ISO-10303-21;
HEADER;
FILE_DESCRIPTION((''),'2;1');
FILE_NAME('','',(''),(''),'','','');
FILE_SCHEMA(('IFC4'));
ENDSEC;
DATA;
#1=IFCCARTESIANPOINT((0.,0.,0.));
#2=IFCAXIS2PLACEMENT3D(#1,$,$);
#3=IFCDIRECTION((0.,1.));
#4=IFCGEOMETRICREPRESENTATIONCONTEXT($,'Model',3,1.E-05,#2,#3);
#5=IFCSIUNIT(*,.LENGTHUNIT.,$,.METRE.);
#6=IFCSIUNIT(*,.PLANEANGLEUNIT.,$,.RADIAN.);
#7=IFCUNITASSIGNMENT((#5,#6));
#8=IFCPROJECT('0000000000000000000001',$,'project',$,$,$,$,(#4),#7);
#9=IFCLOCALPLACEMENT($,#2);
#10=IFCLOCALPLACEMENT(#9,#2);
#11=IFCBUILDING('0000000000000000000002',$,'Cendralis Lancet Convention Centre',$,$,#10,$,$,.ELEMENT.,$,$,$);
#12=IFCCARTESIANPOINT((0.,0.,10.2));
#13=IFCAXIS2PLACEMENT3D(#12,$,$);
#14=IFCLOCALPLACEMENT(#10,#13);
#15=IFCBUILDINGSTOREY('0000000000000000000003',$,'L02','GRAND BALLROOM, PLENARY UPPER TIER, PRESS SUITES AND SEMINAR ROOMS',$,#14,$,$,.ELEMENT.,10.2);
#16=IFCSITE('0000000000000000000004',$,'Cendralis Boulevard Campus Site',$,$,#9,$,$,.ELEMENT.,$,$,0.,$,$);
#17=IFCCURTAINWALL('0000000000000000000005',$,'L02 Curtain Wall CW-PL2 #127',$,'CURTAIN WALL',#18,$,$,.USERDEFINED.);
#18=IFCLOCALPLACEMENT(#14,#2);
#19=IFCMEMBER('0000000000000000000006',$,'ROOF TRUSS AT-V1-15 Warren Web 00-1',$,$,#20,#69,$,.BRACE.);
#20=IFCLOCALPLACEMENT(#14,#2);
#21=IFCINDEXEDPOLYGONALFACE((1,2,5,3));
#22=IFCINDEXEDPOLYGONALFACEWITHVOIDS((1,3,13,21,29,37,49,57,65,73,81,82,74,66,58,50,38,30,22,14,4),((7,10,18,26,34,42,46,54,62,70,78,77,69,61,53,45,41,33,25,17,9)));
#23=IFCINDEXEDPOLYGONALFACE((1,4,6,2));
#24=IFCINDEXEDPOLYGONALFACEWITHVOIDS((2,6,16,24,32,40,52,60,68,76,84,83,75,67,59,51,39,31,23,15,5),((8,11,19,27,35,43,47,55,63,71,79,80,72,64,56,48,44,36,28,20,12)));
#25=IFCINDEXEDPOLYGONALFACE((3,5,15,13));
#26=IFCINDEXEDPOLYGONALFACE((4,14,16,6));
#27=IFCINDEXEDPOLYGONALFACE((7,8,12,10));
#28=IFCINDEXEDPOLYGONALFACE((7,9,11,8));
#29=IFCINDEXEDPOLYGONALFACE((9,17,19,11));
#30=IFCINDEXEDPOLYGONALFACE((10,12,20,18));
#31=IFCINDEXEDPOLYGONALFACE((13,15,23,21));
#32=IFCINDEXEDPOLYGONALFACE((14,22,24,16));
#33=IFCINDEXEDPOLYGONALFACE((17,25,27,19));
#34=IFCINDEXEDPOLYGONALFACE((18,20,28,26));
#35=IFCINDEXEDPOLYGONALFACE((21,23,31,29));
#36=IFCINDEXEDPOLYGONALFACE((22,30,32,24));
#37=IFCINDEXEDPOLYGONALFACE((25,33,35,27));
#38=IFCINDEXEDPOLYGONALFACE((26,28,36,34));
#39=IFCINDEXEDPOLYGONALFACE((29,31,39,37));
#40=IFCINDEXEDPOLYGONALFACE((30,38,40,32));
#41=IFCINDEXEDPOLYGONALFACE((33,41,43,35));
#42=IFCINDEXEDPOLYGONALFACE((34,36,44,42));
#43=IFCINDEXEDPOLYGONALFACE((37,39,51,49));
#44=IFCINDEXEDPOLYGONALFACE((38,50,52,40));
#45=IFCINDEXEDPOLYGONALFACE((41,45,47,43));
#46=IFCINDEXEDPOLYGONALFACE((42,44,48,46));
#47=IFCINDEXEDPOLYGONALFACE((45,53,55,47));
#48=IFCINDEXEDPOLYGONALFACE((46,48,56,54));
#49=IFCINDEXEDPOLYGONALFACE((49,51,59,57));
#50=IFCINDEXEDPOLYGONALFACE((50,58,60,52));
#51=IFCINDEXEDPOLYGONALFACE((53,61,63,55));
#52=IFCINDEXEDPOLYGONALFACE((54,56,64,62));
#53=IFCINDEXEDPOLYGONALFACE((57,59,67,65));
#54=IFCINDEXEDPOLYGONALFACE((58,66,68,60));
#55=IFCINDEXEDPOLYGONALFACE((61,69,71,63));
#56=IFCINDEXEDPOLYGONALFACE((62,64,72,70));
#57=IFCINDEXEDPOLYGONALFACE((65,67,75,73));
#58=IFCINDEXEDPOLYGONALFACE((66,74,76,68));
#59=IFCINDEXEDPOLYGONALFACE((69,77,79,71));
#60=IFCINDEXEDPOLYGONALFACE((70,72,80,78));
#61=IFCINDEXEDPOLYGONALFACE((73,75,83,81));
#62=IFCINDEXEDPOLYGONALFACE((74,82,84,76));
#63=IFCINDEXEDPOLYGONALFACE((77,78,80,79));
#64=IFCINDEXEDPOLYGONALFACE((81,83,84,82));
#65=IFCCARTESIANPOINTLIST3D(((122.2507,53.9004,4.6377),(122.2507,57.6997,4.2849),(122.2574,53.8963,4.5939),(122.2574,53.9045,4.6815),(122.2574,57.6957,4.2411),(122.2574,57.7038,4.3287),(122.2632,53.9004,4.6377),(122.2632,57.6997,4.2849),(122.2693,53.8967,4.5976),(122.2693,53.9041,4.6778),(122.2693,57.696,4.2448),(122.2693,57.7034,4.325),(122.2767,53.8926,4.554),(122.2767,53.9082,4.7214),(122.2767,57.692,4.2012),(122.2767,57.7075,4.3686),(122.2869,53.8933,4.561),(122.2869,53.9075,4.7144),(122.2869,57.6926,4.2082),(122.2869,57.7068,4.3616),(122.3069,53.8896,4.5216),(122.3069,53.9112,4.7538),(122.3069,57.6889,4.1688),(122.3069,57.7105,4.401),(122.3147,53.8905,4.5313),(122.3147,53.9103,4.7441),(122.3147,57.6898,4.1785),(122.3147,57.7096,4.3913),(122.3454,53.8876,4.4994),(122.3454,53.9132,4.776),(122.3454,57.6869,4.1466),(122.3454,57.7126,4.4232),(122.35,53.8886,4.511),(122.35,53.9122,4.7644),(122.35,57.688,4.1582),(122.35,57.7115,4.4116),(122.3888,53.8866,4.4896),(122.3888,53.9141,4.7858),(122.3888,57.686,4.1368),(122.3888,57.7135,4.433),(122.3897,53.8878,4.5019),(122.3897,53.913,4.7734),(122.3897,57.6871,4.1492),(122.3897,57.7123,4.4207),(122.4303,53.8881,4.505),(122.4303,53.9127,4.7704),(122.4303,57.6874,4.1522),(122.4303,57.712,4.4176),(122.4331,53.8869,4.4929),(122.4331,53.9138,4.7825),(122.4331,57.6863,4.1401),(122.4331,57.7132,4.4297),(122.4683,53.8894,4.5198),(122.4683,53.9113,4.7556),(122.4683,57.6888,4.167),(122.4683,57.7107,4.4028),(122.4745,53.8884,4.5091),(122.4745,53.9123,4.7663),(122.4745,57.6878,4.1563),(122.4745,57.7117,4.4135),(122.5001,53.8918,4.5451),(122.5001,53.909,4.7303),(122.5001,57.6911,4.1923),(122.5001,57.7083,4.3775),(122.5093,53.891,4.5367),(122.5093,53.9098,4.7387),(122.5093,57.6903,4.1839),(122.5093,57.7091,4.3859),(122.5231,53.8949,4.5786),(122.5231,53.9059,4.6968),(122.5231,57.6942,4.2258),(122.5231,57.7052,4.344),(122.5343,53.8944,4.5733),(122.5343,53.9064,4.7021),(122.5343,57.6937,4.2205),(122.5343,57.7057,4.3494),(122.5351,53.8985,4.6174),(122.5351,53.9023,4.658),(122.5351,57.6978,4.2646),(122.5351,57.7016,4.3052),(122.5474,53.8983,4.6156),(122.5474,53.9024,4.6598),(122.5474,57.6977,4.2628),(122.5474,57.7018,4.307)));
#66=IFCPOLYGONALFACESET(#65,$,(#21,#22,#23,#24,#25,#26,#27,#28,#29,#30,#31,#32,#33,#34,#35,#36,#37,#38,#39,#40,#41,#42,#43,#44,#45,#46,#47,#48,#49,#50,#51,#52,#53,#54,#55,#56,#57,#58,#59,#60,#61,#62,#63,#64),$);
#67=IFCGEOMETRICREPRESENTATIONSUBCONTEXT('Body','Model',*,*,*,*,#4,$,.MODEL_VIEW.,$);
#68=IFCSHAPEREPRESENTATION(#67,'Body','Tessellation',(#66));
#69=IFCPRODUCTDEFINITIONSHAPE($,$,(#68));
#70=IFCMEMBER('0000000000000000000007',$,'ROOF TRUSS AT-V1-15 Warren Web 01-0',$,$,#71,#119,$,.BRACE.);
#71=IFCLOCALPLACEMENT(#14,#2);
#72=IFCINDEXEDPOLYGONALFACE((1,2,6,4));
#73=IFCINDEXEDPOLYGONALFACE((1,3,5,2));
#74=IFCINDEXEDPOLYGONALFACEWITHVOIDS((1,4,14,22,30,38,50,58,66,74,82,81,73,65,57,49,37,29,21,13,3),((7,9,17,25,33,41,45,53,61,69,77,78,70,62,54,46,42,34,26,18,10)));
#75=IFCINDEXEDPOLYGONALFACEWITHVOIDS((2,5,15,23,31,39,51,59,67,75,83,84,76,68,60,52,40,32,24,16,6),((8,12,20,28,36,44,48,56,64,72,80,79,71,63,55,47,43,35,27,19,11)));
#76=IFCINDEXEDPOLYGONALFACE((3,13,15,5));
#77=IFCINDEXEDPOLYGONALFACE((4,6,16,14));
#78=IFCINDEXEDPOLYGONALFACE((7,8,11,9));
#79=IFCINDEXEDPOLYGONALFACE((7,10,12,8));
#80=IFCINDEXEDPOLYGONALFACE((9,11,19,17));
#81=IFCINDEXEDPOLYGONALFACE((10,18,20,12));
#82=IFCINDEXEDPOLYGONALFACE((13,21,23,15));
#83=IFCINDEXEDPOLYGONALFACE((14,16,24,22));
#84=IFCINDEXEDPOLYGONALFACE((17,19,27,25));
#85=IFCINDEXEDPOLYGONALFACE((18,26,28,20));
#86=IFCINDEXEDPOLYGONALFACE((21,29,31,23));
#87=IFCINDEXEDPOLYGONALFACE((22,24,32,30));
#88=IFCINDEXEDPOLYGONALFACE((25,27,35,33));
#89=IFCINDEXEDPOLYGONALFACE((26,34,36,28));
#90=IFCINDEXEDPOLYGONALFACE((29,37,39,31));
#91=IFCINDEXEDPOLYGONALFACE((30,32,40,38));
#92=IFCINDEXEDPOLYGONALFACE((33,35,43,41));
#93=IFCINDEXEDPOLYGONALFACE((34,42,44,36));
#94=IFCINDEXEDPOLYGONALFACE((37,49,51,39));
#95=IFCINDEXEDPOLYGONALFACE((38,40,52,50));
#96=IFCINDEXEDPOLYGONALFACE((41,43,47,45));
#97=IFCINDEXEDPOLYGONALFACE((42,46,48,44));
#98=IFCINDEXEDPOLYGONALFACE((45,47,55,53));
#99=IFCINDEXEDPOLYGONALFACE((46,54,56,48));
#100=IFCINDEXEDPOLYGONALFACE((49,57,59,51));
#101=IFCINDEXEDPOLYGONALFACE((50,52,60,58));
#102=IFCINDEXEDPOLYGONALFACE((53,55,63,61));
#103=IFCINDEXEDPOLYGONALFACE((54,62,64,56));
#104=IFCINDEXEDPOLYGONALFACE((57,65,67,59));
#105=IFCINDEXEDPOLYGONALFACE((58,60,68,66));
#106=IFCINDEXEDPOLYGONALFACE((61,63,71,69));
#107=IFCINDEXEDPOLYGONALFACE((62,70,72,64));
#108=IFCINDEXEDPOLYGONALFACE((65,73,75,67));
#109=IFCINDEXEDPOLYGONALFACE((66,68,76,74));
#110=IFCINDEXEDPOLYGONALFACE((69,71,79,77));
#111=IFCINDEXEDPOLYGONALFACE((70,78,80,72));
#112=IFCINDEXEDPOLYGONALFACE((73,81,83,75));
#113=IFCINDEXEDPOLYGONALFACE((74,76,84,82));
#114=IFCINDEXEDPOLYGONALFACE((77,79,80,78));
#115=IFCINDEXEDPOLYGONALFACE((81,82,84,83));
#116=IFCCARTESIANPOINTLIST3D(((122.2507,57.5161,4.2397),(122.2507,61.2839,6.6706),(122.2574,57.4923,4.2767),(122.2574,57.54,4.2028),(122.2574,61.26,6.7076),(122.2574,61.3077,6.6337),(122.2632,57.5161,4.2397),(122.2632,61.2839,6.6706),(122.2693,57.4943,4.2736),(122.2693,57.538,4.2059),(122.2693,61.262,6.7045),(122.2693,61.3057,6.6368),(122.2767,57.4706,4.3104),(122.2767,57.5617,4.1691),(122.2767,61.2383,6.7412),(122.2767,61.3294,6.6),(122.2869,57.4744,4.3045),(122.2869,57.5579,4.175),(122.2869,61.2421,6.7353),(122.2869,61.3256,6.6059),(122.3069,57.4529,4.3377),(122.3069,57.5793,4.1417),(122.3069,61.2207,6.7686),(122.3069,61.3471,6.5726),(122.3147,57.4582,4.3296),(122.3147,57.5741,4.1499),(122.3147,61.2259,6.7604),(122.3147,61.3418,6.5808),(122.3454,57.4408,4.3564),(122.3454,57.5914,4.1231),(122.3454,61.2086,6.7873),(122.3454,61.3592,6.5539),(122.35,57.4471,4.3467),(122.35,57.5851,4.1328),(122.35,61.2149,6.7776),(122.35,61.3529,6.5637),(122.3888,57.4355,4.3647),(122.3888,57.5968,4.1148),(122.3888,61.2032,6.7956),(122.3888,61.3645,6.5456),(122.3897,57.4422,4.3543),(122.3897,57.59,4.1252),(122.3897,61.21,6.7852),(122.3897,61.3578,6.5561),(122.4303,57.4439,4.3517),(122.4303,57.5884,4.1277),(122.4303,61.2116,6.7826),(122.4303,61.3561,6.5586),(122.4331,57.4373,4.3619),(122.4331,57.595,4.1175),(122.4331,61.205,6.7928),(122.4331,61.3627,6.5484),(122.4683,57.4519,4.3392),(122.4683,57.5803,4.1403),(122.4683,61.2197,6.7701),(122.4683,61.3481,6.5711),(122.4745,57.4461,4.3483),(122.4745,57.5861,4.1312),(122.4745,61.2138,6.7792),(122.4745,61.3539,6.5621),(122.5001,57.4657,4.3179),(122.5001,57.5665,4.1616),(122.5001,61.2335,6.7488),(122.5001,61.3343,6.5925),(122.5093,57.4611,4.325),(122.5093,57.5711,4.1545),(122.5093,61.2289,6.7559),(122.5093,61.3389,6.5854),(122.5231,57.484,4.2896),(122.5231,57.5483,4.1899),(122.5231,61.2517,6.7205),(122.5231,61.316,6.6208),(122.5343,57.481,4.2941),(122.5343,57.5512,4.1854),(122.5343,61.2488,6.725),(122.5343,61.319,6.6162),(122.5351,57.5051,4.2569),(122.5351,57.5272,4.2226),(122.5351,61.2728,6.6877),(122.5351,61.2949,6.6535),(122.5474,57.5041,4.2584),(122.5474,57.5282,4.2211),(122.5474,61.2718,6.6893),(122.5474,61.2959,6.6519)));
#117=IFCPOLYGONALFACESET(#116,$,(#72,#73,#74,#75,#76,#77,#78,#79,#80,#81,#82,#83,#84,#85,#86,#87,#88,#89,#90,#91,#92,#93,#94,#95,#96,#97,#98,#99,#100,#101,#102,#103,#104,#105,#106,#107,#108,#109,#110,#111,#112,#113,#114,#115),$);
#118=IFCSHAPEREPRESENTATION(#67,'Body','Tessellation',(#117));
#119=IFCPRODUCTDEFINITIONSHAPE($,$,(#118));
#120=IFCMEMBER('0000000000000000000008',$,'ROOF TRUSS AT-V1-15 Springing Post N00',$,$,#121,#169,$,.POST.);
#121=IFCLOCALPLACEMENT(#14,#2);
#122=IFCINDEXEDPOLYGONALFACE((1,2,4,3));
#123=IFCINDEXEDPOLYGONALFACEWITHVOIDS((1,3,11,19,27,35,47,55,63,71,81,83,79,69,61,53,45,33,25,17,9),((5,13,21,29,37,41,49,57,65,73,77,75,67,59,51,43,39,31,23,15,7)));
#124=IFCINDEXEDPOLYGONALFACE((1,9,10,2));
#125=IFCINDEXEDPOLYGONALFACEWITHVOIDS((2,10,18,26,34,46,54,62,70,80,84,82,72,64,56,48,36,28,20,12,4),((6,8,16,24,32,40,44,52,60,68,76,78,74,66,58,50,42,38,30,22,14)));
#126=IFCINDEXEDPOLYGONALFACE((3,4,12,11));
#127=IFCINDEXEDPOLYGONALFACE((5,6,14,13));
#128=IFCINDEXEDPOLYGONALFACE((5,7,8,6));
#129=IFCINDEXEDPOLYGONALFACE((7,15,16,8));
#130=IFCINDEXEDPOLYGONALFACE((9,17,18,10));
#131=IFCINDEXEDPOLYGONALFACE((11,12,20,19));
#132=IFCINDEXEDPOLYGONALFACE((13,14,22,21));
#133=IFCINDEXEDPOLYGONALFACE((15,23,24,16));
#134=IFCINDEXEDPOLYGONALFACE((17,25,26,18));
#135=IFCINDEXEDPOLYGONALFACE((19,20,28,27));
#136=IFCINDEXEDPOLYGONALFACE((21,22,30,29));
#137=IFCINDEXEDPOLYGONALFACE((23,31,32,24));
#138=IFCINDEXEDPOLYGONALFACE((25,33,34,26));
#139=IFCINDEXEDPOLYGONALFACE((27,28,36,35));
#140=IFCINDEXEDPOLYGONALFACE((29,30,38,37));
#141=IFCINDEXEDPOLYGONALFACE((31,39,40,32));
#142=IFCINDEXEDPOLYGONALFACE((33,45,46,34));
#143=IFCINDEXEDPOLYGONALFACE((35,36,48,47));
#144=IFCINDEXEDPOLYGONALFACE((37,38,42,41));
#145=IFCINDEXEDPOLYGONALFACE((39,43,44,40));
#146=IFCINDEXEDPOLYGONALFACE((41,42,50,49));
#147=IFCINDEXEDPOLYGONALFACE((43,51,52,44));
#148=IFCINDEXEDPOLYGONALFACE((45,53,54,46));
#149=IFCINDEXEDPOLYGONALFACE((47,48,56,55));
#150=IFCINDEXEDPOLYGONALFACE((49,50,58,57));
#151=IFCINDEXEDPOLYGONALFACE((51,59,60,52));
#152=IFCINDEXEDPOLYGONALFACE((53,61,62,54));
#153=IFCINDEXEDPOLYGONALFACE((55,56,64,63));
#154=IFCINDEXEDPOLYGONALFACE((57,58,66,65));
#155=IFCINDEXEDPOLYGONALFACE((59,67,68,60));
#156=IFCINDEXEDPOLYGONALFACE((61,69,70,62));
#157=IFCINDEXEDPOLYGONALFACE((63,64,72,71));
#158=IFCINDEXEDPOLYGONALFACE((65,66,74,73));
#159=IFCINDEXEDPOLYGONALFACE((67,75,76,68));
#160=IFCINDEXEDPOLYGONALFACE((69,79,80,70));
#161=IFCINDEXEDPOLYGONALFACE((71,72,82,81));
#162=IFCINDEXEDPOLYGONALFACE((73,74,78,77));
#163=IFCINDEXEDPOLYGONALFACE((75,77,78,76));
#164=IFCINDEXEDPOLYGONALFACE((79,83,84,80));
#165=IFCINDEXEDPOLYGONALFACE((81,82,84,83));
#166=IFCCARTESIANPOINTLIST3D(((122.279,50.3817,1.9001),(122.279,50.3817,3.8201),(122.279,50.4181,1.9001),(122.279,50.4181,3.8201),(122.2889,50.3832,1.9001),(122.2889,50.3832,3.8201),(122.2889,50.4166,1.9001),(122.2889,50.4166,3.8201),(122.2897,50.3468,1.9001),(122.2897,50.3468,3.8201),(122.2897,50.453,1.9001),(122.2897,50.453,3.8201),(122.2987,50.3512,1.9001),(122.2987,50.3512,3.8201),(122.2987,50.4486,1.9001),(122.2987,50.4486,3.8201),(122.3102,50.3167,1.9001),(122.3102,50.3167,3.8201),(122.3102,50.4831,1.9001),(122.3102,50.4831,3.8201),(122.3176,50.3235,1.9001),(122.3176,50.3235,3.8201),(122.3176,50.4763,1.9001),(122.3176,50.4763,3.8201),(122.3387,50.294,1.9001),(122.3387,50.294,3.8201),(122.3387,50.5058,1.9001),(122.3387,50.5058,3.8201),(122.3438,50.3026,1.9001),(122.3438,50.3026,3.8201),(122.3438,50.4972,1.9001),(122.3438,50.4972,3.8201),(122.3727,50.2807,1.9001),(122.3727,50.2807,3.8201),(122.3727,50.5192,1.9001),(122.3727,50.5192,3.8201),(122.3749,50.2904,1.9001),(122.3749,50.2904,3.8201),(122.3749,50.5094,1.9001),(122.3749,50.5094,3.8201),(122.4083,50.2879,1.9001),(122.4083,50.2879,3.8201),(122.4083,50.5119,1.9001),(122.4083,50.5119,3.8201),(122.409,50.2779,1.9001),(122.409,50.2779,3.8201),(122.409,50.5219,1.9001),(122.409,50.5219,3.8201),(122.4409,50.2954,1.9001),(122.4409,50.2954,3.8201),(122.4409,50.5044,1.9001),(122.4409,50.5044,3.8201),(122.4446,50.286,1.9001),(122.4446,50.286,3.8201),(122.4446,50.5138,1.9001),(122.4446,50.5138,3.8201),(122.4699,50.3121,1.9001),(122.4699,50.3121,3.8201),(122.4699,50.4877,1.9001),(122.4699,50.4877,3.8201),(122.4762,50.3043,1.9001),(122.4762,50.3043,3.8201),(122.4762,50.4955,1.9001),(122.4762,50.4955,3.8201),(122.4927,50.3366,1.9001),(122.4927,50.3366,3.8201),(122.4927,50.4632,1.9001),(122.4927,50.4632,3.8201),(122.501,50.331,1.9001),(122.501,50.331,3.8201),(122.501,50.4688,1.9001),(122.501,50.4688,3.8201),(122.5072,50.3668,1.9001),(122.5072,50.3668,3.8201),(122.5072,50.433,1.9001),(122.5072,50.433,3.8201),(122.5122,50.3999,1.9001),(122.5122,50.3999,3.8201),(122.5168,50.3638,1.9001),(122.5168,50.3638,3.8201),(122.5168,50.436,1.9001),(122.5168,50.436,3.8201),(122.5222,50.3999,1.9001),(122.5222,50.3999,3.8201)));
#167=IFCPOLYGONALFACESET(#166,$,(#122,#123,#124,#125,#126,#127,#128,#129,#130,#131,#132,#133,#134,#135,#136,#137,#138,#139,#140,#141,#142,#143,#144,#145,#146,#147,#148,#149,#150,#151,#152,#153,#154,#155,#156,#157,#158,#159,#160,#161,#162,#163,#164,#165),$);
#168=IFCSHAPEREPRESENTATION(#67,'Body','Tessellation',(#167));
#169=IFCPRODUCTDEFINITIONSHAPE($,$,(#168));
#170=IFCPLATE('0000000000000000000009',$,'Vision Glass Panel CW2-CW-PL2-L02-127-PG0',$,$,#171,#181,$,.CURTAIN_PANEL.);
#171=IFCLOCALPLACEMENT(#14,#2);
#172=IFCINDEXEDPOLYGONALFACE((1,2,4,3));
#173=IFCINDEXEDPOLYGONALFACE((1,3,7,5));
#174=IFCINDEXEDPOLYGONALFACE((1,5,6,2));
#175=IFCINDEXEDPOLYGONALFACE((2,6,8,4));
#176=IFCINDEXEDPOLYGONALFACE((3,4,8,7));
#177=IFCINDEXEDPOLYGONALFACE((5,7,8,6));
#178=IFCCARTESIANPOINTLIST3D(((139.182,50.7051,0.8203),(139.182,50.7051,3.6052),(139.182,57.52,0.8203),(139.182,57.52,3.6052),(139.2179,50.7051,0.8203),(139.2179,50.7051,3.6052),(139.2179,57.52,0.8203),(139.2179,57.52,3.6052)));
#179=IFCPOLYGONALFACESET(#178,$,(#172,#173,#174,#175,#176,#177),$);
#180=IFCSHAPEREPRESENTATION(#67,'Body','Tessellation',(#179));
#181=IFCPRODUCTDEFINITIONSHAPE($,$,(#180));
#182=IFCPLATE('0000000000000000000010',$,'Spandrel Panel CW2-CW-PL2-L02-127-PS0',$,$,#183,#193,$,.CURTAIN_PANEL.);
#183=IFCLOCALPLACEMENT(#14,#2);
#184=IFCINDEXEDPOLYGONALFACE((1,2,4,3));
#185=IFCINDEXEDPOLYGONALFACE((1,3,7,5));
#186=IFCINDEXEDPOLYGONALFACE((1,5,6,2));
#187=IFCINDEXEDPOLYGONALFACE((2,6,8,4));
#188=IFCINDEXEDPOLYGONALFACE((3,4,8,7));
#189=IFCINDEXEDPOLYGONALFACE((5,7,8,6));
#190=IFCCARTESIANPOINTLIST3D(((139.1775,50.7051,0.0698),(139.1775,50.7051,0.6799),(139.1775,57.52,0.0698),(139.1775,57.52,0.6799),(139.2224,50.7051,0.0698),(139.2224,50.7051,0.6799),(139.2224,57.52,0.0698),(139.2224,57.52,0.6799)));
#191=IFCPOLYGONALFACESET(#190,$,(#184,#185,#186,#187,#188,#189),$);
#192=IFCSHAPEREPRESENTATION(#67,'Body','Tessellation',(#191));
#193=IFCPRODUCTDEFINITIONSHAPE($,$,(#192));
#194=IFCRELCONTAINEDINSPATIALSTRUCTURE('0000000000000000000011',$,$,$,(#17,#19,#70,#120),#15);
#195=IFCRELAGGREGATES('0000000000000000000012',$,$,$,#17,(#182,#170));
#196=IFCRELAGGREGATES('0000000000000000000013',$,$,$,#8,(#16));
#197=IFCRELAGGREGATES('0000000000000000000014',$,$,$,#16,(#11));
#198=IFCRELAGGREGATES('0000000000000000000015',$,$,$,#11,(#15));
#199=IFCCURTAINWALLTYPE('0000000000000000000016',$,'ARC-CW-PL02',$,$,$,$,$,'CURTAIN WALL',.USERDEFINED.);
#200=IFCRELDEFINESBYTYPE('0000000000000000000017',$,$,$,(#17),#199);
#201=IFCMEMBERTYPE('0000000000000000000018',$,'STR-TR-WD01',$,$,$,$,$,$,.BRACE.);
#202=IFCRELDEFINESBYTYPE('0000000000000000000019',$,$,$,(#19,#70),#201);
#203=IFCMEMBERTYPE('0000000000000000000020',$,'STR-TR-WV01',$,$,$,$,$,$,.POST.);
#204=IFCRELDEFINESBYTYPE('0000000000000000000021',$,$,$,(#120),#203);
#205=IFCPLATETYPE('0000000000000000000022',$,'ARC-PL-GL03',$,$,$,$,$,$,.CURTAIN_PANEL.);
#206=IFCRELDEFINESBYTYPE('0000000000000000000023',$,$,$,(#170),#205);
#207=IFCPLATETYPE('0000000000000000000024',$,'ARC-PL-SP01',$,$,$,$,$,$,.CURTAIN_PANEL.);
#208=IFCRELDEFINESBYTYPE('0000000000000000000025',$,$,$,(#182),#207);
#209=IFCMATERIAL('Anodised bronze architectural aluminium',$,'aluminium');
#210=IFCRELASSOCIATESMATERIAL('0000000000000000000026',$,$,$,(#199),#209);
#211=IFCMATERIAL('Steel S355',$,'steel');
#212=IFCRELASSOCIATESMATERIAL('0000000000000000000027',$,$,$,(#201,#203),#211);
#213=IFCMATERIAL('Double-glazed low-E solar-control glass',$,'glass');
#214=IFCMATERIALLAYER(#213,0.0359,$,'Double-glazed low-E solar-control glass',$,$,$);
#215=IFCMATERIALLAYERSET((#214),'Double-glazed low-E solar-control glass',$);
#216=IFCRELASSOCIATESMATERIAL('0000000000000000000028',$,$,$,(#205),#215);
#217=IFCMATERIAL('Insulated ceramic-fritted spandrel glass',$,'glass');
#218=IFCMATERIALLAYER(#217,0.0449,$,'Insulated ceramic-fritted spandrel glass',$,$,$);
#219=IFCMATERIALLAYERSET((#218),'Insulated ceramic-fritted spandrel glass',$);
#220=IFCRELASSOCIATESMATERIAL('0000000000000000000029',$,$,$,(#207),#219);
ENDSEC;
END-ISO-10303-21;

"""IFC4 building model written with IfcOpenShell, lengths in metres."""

from ifc_helpers import new_model, si_unit, direction, frame, origin, origin_2d, place, context, subcontext, project, spatial, rectangle, hollow_circle, extrude, material, layer, layer_set, material_profile, profile_set, type_object, element, aggregate, save


model = new_model("IFC4")

# Units and contexts
model_context = context("Model", 3, precision=1e-05, world=origin(), true_north=direction((0.0, 1.0)))
body_context = subcontext(model_context, "Body", "Model", "MODEL_VIEW")
ifc_project = project(units=[si_unit("LENGTHUNIT", "METRE"), si_unit("PLANEANGLEUNIT", "RADIAN")], contexts=[model_context])

# Site, building, storey
site_placement = place(None, origin())
site = spatial("IfcSite", under=ifc_project, at=site_placement, Name="Cendralis Boulevard Campus Site", CompositionType="ELEMENT", RefElevation=0.0)
building_placement = place(site_placement, origin())
building = spatial("IfcBuilding", under=site, at=building_placement, Name="Cendralis Lancet Convention Centre", CompositionType="ELEMENT")
storey_placement = place(building_placement, frame((0.0, 0.0, 10.2)))
storey = spatial("IfcBuildingStorey", under=building, at=storey_placement, Name="L02", Description="GRAND BALLROOM, PLENARY UPPER TIER, PRESS SUITES AND SEMINAR ROOMS", CompositionType="ELEMENT", Elevation=10.2)

# Shared definitions
ifc_material_1 = material(Name="Steel S355", Category="steel")

# Curtain wall
ifc_material_2 = material(Name="Anodised bronze architectural aluminium", Category="aluminium")
curtain_wall_type = type_object("IfcCurtainWallType", Name="ARC-CW-PL02", ElementType="CURTAIN WALL", PredefinedType="USERDEFINED", material=ifc_material_2)
curtain_wall_placement = place(storey_placement, origin())
curtain_wall = element("IfcCurtainWall", 1, at=curtain_wall_placement, inside=storey, type_object=curtain_wall_type, Name="L02 Curtain Wall CW-PL2 #127", ObjectType="CURTAIN WALL", PredefinedType="USERDEFINED")

# Members
ifc_material_profile_1 = material_profile(ifc_material_1, hollow_circle(Radius=0.1492, WallThickness=0.0125, at=origin_2d()), Name="CHS 298.5x12.5")
ifc_profile_set_1 = profile_set([ifc_material_profile_1], Name="Steel S355")
member_type_1 = type_object("IfcMemberType", Name="STR-TR-WD01", PredefinedType="BRACE", material=ifc_profile_set_1)
member_1_placement = place(storey_placement, frame((122.3999, 53.9004, 4.6377), z_axis=(0.0, 0.995717, -0.092457), x_axis=(-1.0, 0.0, 0.0)))
element("IfcMember", 2, at=member_1_placement, inside=storey, type_object=member_type_1, Name="ROOF TRUSS AT-V1-15 Warren Web 00-1", PredefinedType="BRACE", context=body_context, shape_type="SweptSolid", body=[
    extrude(hollow_circle(Radius=0.1492, WallThickness=0.0125, at=origin_2d()), origin(), (0.0, 0.0, 1.0), 3.8157),
])
member_2_placement = place(storey_placement, frame((122.3999, 57.5161, 4.2397), z_axis=(0.0, 0.840291, 0.542136), x_axis=(-1.0, 0.0, 0.0)))
element("IfcMember", 3, at=member_2_placement, inside=storey, type_object=member_type_1, Name="ROOF TRUSS AT-V1-15 Warren Web 01-0", PredefinedType="BRACE", context=body_context, shape_type="SweptSolid", body=[
    extrude(hollow_circle(Radius=0.1492, WallThickness=0.0125, at=origin_2d()), origin(), (0.0, 0.0, 1.0), 4.4839),
])
ifc_material_profile_2 = material_profile(ifc_material_1, hollow_circle(Radius=0.1223, WallThickness=0.01, at=origin_2d()), Name="CHS 244.5x10.0")
ifc_profile_set_2 = profile_set([ifc_material_profile_2], Name="Steel S355")
member_type_2 = type_object("IfcMemberType", Name="STR-TR-WV01", PredefinedType="POST", material=ifc_profile_set_2)
member_3_placement = place(storey_placement, frame((122.3999, 50.3999, 1.9001), z_axis=(0.0, 0.0, 1.0), x_axis=(1.0, 0.0, 0.0)))
element("IfcMember", 4, at=member_3_placement, inside=storey, type_object=member_type_2, Name="ROOF TRUSS AT-V1-15 Springing Post N00", PredefinedType="POST", context=body_context, shape_type="SweptSolid", body=[
    extrude(hollow_circle(Radius=0.1223, WallThickness=0.01, at=origin_2d()), origin(), (0.0, 0.0, 1.0), 1.9199),
])

# Plates
ifc_material_3 = material(Name="Double-glazed low-E solar-control glass", Category="glass")
ifc_layer_1 = layer(ifc_material_3, 0.0359, Name="Double-glazed low-E solar-control glass")
ifc_layer_set_1 = layer_set([ifc_layer_1], Name="Double-glazed low-E solar-control glass")
plate_type_1 = type_object("IfcPlateType", Name="ARC-PL-GL03", PredefinedType="CURTAIN_PANEL", material=ifc_layer_set_1)
plate_1_placement = place(storey_placement, frame((139.2, 54.1125, 0.8203), z_axis=(0.0, 0.0, 1.0), x_axis=(0.0, 1.0, 0.0)))
plate_1 = element("IfcPlate", 5, at=plate_1_placement, type_object=plate_type_1, Name="Vision Glass Panel CW2-CW-PL2-L02-127-PG0", PredefinedType="CURTAIN_PANEL", context=body_context, shape_type="SweptSolid", body=[
    extrude(rectangle(XDim=6.8149, YDim=0.0359, at=origin_2d()), origin(), (0.0, 0.0, 1.0), 2.7849),
])
ifc_material_4 = material(Name="Insulated ceramic-fritted spandrel glass", Category="glass")
ifc_layer_2 = layer(ifc_material_4, 0.0449, Name="Insulated ceramic-fritted spandrel glass")
ifc_layer_set_2 = layer_set([ifc_layer_2], Name="Insulated ceramic-fritted spandrel glass")
plate_type_2 = type_object("IfcPlateType", Name="ARC-PL-SP01", PredefinedType="CURTAIN_PANEL", material=ifc_layer_set_2)
plate_2_placement = place(storey_placement, frame((139.2, 54.1125, 0.0698), z_axis=(0.0, 0.0, 1.0), x_axis=(0.0, 1.0, 0.0)))
plate_2 = element("IfcPlate", 6, at=plate_2_placement, type_object=plate_type_2, Name="Spandrel Panel CW2-CW-PL2-L02-127-PS0", PredefinedType="CURTAIN_PANEL", context=body_context, shape_type="SweptSolid", body=[
    extrude(rectangle(XDim=6.8149, YDim=0.0449, at=origin_2d()), origin(), (0.0, 0.0, 1.0), 0.6101),
])
aggregate(curtain_wall, [plate_2, plate_1])

save(model, "model.ifc")
